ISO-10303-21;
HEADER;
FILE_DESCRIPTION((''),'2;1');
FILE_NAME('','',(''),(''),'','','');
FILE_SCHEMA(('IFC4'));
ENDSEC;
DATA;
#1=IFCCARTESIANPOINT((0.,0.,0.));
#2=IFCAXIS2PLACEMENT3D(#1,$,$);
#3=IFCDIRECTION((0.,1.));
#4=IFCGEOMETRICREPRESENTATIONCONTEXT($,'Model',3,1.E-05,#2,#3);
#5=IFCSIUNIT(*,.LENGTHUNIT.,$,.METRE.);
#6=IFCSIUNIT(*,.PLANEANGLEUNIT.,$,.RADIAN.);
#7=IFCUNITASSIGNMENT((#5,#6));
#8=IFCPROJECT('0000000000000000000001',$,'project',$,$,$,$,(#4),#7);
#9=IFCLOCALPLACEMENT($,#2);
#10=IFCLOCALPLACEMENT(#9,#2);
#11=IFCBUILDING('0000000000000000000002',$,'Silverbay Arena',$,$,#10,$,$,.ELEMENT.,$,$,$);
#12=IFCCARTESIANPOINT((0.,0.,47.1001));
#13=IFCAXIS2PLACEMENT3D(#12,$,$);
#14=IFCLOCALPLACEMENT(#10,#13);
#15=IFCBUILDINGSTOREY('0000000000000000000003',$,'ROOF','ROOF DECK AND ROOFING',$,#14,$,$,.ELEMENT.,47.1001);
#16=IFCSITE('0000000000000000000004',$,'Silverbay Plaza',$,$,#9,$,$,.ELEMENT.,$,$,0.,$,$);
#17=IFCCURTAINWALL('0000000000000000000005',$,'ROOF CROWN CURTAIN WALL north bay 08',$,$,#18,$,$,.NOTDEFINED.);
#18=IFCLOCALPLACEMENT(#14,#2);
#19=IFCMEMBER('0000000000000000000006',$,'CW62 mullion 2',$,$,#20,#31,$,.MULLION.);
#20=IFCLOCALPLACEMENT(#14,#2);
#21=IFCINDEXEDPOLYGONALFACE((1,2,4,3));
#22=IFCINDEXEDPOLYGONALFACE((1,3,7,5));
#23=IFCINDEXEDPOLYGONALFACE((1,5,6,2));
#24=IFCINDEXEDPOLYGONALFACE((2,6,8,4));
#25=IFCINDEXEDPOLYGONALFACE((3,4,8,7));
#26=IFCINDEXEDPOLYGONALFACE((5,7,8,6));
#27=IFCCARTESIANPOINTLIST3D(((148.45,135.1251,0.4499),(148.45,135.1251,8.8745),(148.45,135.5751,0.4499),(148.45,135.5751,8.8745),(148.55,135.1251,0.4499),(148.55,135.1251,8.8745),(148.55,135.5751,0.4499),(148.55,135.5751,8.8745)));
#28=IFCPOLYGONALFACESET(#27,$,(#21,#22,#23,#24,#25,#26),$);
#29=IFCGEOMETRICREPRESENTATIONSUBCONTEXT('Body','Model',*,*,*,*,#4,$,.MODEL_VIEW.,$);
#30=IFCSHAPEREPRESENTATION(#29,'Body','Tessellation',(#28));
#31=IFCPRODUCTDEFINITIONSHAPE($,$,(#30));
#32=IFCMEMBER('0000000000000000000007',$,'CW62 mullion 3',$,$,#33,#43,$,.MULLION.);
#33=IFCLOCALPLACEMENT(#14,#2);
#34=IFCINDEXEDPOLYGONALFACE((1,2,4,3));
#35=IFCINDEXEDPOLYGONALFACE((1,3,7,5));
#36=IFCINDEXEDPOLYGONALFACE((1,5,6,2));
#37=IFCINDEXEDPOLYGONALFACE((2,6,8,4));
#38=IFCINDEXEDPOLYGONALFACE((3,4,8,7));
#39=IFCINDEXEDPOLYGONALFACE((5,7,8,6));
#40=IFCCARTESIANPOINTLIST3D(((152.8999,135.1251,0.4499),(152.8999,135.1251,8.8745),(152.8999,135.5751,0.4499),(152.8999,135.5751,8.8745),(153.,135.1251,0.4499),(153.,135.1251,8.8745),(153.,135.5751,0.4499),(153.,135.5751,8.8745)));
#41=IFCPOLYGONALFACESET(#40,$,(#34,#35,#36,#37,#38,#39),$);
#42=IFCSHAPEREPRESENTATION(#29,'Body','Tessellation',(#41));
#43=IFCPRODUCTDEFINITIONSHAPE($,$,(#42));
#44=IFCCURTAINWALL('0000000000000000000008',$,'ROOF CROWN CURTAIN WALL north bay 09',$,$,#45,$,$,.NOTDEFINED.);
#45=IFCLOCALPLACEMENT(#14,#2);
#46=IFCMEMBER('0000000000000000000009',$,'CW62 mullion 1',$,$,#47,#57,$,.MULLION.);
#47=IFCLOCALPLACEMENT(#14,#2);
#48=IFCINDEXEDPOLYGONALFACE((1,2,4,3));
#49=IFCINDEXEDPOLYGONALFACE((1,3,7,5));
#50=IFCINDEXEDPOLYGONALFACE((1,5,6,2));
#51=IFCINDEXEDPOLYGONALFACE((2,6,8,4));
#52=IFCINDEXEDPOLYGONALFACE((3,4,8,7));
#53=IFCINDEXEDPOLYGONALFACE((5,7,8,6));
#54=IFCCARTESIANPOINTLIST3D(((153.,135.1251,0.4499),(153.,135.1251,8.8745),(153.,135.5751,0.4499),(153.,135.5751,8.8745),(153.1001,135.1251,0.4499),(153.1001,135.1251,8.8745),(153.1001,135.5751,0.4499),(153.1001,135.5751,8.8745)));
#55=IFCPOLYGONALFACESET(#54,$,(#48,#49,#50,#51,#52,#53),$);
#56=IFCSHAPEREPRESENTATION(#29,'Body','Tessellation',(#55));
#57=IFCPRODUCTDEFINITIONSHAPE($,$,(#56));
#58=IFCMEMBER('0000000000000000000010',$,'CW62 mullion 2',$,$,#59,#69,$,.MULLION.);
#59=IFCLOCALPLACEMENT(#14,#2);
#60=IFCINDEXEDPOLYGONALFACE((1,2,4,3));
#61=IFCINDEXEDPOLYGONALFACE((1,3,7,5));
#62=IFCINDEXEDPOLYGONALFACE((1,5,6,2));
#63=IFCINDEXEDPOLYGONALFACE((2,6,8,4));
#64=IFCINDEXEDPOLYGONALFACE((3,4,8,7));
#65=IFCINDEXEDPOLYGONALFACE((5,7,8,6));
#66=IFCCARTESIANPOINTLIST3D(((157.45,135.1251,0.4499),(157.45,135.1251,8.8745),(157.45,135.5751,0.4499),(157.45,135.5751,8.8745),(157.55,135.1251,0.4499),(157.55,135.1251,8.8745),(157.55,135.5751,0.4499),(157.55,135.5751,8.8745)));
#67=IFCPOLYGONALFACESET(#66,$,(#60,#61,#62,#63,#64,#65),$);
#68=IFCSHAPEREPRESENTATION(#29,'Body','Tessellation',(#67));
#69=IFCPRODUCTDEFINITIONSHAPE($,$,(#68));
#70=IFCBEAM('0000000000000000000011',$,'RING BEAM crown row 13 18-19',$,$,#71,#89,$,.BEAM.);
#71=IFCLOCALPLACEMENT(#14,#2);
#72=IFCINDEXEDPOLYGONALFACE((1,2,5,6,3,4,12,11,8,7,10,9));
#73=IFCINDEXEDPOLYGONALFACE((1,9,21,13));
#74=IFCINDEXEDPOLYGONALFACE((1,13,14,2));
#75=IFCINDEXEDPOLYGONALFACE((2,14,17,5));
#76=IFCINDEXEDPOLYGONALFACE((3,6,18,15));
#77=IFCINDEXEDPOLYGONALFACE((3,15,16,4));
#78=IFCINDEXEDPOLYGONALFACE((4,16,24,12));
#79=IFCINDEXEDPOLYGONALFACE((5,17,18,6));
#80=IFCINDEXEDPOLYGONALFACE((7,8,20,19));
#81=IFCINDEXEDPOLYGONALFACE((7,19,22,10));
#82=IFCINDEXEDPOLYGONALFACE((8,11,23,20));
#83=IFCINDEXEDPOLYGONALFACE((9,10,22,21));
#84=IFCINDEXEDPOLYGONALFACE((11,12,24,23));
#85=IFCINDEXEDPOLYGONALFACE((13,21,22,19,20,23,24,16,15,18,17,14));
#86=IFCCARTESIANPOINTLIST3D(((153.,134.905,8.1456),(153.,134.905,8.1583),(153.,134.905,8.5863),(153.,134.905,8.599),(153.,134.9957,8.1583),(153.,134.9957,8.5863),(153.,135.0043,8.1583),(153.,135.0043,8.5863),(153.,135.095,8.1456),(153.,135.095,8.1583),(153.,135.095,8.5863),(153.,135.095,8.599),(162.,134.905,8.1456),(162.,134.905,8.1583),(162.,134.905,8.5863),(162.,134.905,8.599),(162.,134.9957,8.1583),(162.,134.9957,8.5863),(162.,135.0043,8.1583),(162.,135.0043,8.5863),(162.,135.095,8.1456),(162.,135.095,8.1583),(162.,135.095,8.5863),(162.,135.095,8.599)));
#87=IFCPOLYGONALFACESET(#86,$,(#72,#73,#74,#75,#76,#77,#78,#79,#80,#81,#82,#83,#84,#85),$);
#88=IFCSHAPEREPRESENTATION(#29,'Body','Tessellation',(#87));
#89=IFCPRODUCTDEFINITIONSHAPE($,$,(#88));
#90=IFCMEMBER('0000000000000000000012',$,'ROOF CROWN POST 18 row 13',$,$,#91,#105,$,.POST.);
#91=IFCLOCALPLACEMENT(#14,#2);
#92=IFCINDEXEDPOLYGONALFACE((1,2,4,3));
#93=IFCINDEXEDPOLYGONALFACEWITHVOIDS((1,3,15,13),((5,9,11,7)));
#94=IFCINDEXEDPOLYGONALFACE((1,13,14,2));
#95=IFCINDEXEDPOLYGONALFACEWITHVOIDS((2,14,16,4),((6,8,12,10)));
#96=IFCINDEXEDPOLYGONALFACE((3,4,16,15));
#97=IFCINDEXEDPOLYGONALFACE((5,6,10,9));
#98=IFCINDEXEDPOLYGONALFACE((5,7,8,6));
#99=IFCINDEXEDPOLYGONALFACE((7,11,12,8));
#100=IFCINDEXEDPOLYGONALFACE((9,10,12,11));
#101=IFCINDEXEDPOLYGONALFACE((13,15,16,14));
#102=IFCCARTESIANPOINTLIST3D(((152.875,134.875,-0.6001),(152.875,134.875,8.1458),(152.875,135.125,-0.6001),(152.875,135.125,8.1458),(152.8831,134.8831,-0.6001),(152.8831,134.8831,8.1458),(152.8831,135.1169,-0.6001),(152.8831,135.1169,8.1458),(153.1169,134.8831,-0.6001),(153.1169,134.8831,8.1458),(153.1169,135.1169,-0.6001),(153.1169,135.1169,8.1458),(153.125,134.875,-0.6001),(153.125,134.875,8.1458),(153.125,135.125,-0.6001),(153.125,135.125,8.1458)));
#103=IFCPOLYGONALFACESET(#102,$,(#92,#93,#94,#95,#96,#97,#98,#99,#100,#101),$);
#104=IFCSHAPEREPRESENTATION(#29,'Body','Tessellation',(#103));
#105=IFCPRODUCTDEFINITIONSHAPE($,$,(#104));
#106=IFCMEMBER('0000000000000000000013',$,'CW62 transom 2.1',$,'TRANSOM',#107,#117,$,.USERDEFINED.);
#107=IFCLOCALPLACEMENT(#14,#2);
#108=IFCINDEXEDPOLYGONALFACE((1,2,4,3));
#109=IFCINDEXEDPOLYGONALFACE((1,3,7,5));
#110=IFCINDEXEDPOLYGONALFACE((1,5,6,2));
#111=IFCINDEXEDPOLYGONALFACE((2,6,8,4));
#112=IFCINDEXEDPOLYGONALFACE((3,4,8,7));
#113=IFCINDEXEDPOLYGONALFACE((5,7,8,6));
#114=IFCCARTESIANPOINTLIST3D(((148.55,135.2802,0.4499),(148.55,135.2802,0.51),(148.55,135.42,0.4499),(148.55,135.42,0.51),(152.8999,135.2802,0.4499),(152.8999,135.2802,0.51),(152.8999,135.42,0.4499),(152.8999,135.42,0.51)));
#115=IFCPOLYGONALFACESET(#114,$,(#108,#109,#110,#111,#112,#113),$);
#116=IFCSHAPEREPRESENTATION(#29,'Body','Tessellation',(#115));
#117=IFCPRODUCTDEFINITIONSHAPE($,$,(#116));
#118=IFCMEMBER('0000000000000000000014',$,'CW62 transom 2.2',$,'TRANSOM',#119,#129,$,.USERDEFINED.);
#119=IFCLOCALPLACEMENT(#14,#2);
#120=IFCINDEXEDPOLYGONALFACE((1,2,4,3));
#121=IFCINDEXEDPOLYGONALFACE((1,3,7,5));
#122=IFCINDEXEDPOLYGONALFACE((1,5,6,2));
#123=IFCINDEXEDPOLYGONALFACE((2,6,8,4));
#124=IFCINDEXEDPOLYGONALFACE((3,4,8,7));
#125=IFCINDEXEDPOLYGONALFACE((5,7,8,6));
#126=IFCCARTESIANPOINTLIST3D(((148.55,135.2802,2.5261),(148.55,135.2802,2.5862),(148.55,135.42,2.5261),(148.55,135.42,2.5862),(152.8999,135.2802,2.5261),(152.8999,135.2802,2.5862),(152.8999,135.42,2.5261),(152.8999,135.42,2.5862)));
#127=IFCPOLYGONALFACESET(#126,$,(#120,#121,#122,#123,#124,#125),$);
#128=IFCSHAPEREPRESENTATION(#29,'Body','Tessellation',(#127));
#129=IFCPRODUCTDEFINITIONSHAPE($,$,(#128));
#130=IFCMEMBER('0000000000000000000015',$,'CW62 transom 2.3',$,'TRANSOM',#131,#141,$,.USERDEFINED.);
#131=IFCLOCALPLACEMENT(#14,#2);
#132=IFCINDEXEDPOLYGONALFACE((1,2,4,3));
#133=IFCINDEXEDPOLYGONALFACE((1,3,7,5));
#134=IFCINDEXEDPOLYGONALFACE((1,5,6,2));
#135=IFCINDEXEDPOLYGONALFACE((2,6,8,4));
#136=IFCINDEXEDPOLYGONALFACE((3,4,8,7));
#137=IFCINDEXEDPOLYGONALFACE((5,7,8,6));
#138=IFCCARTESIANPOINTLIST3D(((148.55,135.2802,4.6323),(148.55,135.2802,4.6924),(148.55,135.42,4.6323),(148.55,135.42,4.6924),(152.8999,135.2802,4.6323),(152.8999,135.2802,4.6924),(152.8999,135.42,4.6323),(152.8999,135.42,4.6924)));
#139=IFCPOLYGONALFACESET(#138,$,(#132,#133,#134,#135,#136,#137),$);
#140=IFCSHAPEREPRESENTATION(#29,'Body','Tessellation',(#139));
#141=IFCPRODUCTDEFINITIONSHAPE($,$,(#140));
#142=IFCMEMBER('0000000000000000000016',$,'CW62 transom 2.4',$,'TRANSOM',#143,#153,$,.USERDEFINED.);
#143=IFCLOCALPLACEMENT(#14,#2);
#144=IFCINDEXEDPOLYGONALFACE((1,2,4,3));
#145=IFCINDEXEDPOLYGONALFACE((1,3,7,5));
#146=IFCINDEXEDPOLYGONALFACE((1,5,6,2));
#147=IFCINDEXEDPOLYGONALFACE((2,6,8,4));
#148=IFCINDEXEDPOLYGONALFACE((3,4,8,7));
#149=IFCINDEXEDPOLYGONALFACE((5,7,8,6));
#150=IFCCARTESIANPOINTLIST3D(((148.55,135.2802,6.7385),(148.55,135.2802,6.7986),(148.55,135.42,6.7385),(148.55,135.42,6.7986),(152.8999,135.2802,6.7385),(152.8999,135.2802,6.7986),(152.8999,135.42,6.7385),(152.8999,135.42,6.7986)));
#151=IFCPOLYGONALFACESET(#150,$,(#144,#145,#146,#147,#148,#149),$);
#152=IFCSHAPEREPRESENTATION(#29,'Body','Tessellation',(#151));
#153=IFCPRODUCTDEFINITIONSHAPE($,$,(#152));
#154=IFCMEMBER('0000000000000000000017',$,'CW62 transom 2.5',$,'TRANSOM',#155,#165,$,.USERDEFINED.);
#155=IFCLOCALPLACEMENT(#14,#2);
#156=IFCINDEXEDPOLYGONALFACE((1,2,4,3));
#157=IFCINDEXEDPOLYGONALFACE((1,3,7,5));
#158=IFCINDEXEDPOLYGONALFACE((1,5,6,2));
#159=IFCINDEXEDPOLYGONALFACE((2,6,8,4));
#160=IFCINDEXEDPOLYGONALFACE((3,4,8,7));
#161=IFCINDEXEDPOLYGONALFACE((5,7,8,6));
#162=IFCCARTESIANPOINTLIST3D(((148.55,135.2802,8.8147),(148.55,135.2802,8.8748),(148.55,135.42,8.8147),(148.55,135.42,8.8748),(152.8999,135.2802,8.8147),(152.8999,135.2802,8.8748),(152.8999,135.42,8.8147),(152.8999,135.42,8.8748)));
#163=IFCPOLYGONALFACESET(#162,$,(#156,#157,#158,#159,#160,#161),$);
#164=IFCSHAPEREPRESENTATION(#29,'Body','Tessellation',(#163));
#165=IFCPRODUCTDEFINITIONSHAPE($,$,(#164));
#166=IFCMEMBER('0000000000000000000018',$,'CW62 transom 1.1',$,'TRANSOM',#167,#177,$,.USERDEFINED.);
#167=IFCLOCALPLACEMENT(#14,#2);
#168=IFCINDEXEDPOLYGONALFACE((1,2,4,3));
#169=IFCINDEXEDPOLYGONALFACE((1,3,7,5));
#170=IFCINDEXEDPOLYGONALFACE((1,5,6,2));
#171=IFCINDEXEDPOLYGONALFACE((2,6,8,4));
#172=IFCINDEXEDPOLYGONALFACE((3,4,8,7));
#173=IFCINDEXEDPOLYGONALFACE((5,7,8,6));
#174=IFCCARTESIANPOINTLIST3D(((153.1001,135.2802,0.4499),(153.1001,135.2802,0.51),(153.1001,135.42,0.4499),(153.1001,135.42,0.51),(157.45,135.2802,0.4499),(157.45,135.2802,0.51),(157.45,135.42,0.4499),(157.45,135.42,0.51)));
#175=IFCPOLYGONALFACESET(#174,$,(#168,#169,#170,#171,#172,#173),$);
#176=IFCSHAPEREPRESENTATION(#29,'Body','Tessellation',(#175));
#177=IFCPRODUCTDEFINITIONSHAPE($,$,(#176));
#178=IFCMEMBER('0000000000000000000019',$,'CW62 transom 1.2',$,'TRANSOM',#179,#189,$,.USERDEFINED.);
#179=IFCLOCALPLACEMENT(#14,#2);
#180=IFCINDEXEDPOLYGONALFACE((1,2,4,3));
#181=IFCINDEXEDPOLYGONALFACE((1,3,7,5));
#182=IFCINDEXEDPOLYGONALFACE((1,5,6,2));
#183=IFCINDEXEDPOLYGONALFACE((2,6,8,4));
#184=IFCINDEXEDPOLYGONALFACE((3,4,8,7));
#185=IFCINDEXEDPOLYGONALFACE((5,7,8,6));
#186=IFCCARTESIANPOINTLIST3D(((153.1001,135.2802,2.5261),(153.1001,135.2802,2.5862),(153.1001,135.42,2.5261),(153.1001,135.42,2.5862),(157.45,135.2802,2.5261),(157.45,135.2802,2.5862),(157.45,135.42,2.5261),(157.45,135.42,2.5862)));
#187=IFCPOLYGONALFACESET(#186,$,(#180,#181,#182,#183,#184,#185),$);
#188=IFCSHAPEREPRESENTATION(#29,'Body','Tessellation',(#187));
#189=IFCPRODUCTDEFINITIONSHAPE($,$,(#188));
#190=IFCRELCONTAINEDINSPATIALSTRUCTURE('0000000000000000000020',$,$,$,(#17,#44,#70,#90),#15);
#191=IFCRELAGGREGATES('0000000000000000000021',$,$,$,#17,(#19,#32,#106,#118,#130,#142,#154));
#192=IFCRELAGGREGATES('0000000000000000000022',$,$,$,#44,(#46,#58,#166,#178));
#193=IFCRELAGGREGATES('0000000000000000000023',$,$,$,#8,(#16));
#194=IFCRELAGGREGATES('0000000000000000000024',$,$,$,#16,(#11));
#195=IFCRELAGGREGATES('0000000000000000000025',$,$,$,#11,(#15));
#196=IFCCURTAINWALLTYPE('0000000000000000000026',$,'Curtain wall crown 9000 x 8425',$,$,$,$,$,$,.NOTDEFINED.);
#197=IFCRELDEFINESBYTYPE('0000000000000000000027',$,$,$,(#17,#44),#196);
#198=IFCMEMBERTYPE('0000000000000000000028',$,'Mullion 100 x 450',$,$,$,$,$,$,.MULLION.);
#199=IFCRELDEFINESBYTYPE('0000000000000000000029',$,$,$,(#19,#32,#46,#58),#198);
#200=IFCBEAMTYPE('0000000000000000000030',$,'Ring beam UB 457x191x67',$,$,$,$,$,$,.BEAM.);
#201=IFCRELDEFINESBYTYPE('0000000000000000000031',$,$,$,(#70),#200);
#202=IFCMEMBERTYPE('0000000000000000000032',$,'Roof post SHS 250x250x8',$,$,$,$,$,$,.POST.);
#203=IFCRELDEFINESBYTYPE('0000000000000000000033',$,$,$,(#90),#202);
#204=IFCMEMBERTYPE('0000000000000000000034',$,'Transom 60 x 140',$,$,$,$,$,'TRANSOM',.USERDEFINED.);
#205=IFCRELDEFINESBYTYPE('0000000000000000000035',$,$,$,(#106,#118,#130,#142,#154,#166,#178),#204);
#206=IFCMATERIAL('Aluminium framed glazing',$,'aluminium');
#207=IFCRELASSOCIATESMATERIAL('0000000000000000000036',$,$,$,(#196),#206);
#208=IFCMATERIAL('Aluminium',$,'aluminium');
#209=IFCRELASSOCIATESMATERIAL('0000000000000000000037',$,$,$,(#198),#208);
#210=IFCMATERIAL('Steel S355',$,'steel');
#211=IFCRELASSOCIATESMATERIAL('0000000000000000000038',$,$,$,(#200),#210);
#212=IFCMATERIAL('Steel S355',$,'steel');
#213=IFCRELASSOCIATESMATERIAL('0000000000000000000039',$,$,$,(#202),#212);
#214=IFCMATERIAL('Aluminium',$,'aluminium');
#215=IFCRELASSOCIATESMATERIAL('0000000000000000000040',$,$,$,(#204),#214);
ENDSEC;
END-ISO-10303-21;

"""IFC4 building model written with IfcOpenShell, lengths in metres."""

from ifc_helpers import new_model, si_unit, direction, frame, origin, origin_2d, place, context, subcontext, project, spatial, rectangle, hollow_rectangle, i_section, extrude, material, material_profile, profile_set, type_object, element, aggregate, save


model = new_model("IFC4")

# Units and contexts
model_context = context("Model", 3, precision=1e-05, world=origin(), true_north=direction((0.0, 1.0)))
body_context = subcontext(model_context, "Body", "Model", "MODEL_VIEW")
ifc_project = project(units=[si_unit("LENGTHUNIT", "METRE"), si_unit("PLANEANGLEUNIT", "RADIAN")], contexts=[model_context])

# Site, building, storey
site_placement = place(None, origin())
site = spatial("IfcSite", under=ifc_project, at=site_placement, Name="Silverbay Plaza", CompositionType="ELEMENT", RefElevation=0.0)
building_placement = place(site_placement, origin())
building = spatial("IfcBuilding", under=site, at=building_placement, Name="Silverbay Arena", CompositionType="ELEMENT")
storey_placement = place(building_placement, frame((0.0, 0.0, 47.1001)))
storey = spatial("IfcBuildingStorey", under=building, at=storey_placement, Name="ROOF", Description="ROOF DECK AND ROOFING", CompositionType="ELEMENT", Elevation=47.1001)

# Curtain walls, members
ifc_material_1 = material(Name="Aluminium framed glazing", Category="aluminium")
curtain_wall_type = type_object("IfcCurtainWallType", Name="Curtain wall crown 9000 x 8425", PredefinedType="NOTDEFINED", material=ifc_material_1)
curtain_wall_1_placement = place(storey_placement, origin())
curtain_wall_1 = element("IfcCurtainWall", 1, at=curtain_wall_1_placement, inside=storey, type_object=curtain_wall_type, Name="ROOF CROWN CURTAIN WALL north bay 08", PredefinedType="NOTDEFINED")
ifc_material_2 = material(Name="Aluminium", Category="aluminium")
ifc_material_profile_1 = material_profile(ifc_material_2, rectangle(XDim=0.45, YDim=0.1001, at=origin_2d()), Name="Mullion 100 x 450")
ifc_profile_set_1 = profile_set([ifc_material_profile_1], Name="Aluminium")
member_type_1 = type_object("IfcMemberType", Name="Mullion 100 x 450", PredefinedType="MULLION", material=ifc_profile_set_1)
placement = place(building_placement, frame((0.0, 0.0, 33.5)))
member_1_placement = place(placement, frame((148.5, 135.3501, 14.05), z_axis=(0.0, 0.0, 1.0), x_axis=(0.0, 1.0, 0.0)))
member_1 = element("IfcMember", 2, at=member_1_placement, type_object=member_type_1, Name="CW62 mullion 2", PredefinedType="MULLION", context=body_context, shape_type="SweptSolid", body=[
    extrude(rectangle(XDim=0.45, YDim=0.1001, at=origin_2d()), origin(), (0.0, 0.0, 1.0), 8.4246),
])
member_2_placement = place(placement, frame((152.95, 135.3501, 14.05), z_axis=(0.0, 0.0, 1.0), x_axis=(0.0, 1.0, 0.0)))
member_2 = element("IfcMember", 3, at=member_2_placement, type_object=member_type_1, Name="CW62 mullion 3", PredefinedType="MULLION", context=body_context, shape_type="SweptSolid", body=[
    extrude(rectangle(XDim=0.45, YDim=0.1001, at=origin_2d()), origin(), (0.0, 0.0, 1.0), 8.4246),
])
curtain_wall_2_placement = place(storey_placement, origin())
curtain_wall_2 = element("IfcCurtainWall", 4, at=curtain_wall_2_placement, inside=storey, type_object=curtain_wall_type, Name="ROOF CROWN CURTAIN WALL north bay 09", PredefinedType="NOTDEFINED")
member_3_placement = place(placement, frame((153.05, 135.3501, 14.05), z_axis=(0.0, 0.0, 1.0), x_axis=(0.0, 1.0, 0.0)))
member_3 = element("IfcMember", 5, at=member_3_placement, type_object=member_type_1, Name="CW62 mullion 1", PredefinedType="MULLION", context=body_context, shape_type="SweptSolid", body=[
    extrude(rectangle(XDim=0.45, YDim=0.1001, at=origin_2d()), origin(), (0.0, 0.0, 1.0), 8.4246),
])
member_4_placement = place(placement, frame((157.5, 135.3501, 14.05), z_axis=(0.0, 0.0, 1.0), x_axis=(0.0, 1.0, 0.0)))
member_4 = element("IfcMember", 6, at=member_4_placement, type_object=member_type_1, Name="CW62 mullion 2", PredefinedType="MULLION", context=body_context, shape_type="SweptSolid", body=[
    extrude(rectangle(XDim=0.45, YDim=0.1001, at=origin_2d()), origin(), (0.0, 0.0, 1.0), 8.4246),
])

# Beam
ifc_material_3 = material(Name="Steel S355", Category="steel")
ifc_material_profile_2 = material_profile(ifc_material_3, i_section(OverallWidth=0.1899, OverallDepth=0.4534, WebThickness=0.0085, FlangeThickness=0.0127, at=origin_2d()), Name="UB 457x191x67")
ifc_profile_set_2 = profile_set([ifc_material_profile_2], Name="Steel S355")
beam_type = type_object("IfcBeamType", Name="Ring beam UB 457x191x67", PredefinedType="BEAM", material=ifc_profile_set_2)
beam_placement = place(storey_placement, frame((153.0, 135.0, 8.3723), z_axis=(1.0, 0.0, 0.0), x_axis=(0.0, 1.0, 0.0)))
element("IfcBeam", 7, at=beam_placement, inside=storey, type_object=beam_type, Name="RING BEAM crown row 13 18-19", PredefinedType="BEAM", context=body_context, shape_type="SweptSolid", body=[
    extrude(i_section(OverallWidth=0.1899, OverallDepth=0.4534, WebThickness=0.0085, FlangeThickness=0.0127, at=origin_2d()), origin(), (0.0, 0.0, 1.0), 9.0),
])

# Members
ifc_material_4 = material(Name="Steel S355", Category="steel")
ifc_material_profile_3 = material_profile(ifc_material_4, hollow_rectangle(XDim=0.25, YDim=0.25, WallThickness=0.0081, at=origin_2d()), Name="SHS 250x250x8")
ifc_profile_set_3 = profile_set([ifc_material_profile_3], Name="Steel S355")
member_type_2 = type_object("IfcMemberType", Name="Roof post SHS 250x250x8", PredefinedType="POST", material=ifc_profile_set_3)
member_5_placement = place(storey_placement, frame((153.0, 135.0, -0.6001), z_axis=(0.0, 0.0, 1.0), x_axis=(1.0, 0.0, 0.0)))
element("IfcMember", 8, at=member_5_placement, inside=storey, type_object=member_type_2, Name="ROOF CROWN POST 18 row 13", PredefinedType="POST", context=body_context, shape_type="SweptSolid", body=[
    extrude(hollow_rectangle(XDim=0.25, YDim=0.25, WallThickness=0.0081, at=origin_2d()), origin(), (0.0, 0.0, 1.0), 8.7458),
])
ifc_material_5 = material(Name="Aluminium", Category="aluminium")
ifc_material_profile_4 = material_profile(ifc_material_5, rectangle(XDim=0.1399, YDim=0.0601, at=origin_2d()), Name="Transom 60 x 140")
ifc_profile_set_4 = profile_set([ifc_material_profile_4], Name="Aluminium")
member_type_3 = type_object("IfcMemberType", Name="Transom 60 x 140", ElementType="TRANSOM", PredefinedType="USERDEFINED", material=ifc_profile_set_4)
member_6_placement = place(placement, frame((148.55, 135.3501, 14.0801), z_axis=(1.0, 0.0, 0.0), x_axis=(0.0, 1.0, 0.0)))
member_6 = element("IfcMember", 9, at=member_6_placement, type_object=member_type_3, Name="CW62 transom 2.1", ObjectType="TRANSOM", PredefinedType="USERDEFINED", context=body_context, shape_type="SweptSolid", body=[
    extrude(rectangle(XDim=0.1399, YDim=0.0601, at=origin_2d()), origin(), (0.0, 0.0, 1.0), 4.3499),
])
member_7_placement = place(placement, frame((148.55, 135.3501, 16.1562), z_axis=(1.0, 0.0, 0.0), x_axis=(0.0, 1.0, 0.0)))
member_7 = element("IfcMember", 10, at=member_7_placement, type_object=member_type_3, Name="CW62 transom 2.2", ObjectType="TRANSOM", PredefinedType="USERDEFINED", context=body_context, shape_type="SweptSolid", body=[
    extrude(rectangle(XDim=0.1399, YDim=0.0601, at=origin_2d()), origin(), (0.0, 0.0, 1.0), 4.3499),
])
member_8_placement = place(placement, frame((148.55, 135.3501, 18.2625), z_axis=(1.0, 0.0, 0.0), x_axis=(0.0, 1.0, 0.0)))
member_8 = element("IfcMember", 11, at=member_8_placement, type_object=member_type_3, Name="CW62 transom 2.3", ObjectType="TRANSOM", PredefinedType="USERDEFINED", context=body_context, shape_type="SweptSolid", body=[
    extrude(rectangle(XDim=0.1399, YDim=0.0601, at=origin_2d()), origin(), (0.0, 0.0, 1.0), 4.3499),
])
member_9_placement = place(placement, frame((148.55, 135.3501, 20.3687), z_axis=(1.0, 0.0, 0.0), x_axis=(0.0, 1.0, 0.0)))
member_9 = element("IfcMember", 12, at=member_9_placement, type_object=member_type_3, Name="CW62 transom 2.4", ObjectType="TRANSOM", PredefinedType="USERDEFINED", context=body_context, shape_type="SweptSolid", body=[
    extrude(rectangle(XDim=0.1399, YDim=0.0601, at=origin_2d()), origin(), (0.0, 0.0, 1.0), 4.3499),
])
member_10_placement = place(placement, frame((148.55, 135.3501, 22.4448), z_axis=(1.0, 0.0, 0.0), x_axis=(0.0, 1.0, 0.0)))
member_10 = element("IfcMember", 13, at=member_10_placement, type_object=member_type_3, Name="CW62 transom 2.5", ObjectType="TRANSOM", PredefinedType="USERDEFINED", context=body_context, shape_type="SweptSolid", body=[
    extrude(rectangle(XDim=0.1399, YDim=0.0601, at=origin_2d()), origin(), (0.0, 0.0, 1.0), 4.3499),
])
member_11_placement = place(placement, frame((153.1001, 135.3501, 14.0801), z_axis=(1.0, 0.0, 0.0), x_axis=(0.0, 1.0, 0.0)))
member_11 = element("IfcMember", 14, at=member_11_placement, type_object=member_type_3, Name="CW62 transom 1.1", ObjectType="TRANSOM", PredefinedType="USERDEFINED", context=body_context, shape_type="SweptSolid", body=[
    extrude(rectangle(XDim=0.1399, YDim=0.0601, at=origin_2d()), origin(), (0.0, 0.0, 1.0), 4.3499),
])
member_12_placement = place(placement, frame((153.1001, 135.3501, 16.1562), z_axis=(1.0, 0.0, 0.0), x_axis=(0.0, 1.0, 0.0)))
member_12 = element("IfcMember", 15, at=member_12_placement, type_object=member_type_3, Name="CW62 transom 1.2", ObjectType="TRANSOM", PredefinedType="USERDEFINED", context=body_context, shape_type="SweptSolid", body=[
    extrude(rectangle(XDim=0.1399, YDim=0.0601, at=origin_2d()), origin(), (0.0, 0.0, 1.0), 4.3499),
])

aggregate(curtain_wall_1, [member_1, member_2, member_6, member_7, member_8, member_9, member_10])
aggregate(curtain_wall_2, [member_3, member_4, member_11, member_12])

save(model, "model.ifc")
